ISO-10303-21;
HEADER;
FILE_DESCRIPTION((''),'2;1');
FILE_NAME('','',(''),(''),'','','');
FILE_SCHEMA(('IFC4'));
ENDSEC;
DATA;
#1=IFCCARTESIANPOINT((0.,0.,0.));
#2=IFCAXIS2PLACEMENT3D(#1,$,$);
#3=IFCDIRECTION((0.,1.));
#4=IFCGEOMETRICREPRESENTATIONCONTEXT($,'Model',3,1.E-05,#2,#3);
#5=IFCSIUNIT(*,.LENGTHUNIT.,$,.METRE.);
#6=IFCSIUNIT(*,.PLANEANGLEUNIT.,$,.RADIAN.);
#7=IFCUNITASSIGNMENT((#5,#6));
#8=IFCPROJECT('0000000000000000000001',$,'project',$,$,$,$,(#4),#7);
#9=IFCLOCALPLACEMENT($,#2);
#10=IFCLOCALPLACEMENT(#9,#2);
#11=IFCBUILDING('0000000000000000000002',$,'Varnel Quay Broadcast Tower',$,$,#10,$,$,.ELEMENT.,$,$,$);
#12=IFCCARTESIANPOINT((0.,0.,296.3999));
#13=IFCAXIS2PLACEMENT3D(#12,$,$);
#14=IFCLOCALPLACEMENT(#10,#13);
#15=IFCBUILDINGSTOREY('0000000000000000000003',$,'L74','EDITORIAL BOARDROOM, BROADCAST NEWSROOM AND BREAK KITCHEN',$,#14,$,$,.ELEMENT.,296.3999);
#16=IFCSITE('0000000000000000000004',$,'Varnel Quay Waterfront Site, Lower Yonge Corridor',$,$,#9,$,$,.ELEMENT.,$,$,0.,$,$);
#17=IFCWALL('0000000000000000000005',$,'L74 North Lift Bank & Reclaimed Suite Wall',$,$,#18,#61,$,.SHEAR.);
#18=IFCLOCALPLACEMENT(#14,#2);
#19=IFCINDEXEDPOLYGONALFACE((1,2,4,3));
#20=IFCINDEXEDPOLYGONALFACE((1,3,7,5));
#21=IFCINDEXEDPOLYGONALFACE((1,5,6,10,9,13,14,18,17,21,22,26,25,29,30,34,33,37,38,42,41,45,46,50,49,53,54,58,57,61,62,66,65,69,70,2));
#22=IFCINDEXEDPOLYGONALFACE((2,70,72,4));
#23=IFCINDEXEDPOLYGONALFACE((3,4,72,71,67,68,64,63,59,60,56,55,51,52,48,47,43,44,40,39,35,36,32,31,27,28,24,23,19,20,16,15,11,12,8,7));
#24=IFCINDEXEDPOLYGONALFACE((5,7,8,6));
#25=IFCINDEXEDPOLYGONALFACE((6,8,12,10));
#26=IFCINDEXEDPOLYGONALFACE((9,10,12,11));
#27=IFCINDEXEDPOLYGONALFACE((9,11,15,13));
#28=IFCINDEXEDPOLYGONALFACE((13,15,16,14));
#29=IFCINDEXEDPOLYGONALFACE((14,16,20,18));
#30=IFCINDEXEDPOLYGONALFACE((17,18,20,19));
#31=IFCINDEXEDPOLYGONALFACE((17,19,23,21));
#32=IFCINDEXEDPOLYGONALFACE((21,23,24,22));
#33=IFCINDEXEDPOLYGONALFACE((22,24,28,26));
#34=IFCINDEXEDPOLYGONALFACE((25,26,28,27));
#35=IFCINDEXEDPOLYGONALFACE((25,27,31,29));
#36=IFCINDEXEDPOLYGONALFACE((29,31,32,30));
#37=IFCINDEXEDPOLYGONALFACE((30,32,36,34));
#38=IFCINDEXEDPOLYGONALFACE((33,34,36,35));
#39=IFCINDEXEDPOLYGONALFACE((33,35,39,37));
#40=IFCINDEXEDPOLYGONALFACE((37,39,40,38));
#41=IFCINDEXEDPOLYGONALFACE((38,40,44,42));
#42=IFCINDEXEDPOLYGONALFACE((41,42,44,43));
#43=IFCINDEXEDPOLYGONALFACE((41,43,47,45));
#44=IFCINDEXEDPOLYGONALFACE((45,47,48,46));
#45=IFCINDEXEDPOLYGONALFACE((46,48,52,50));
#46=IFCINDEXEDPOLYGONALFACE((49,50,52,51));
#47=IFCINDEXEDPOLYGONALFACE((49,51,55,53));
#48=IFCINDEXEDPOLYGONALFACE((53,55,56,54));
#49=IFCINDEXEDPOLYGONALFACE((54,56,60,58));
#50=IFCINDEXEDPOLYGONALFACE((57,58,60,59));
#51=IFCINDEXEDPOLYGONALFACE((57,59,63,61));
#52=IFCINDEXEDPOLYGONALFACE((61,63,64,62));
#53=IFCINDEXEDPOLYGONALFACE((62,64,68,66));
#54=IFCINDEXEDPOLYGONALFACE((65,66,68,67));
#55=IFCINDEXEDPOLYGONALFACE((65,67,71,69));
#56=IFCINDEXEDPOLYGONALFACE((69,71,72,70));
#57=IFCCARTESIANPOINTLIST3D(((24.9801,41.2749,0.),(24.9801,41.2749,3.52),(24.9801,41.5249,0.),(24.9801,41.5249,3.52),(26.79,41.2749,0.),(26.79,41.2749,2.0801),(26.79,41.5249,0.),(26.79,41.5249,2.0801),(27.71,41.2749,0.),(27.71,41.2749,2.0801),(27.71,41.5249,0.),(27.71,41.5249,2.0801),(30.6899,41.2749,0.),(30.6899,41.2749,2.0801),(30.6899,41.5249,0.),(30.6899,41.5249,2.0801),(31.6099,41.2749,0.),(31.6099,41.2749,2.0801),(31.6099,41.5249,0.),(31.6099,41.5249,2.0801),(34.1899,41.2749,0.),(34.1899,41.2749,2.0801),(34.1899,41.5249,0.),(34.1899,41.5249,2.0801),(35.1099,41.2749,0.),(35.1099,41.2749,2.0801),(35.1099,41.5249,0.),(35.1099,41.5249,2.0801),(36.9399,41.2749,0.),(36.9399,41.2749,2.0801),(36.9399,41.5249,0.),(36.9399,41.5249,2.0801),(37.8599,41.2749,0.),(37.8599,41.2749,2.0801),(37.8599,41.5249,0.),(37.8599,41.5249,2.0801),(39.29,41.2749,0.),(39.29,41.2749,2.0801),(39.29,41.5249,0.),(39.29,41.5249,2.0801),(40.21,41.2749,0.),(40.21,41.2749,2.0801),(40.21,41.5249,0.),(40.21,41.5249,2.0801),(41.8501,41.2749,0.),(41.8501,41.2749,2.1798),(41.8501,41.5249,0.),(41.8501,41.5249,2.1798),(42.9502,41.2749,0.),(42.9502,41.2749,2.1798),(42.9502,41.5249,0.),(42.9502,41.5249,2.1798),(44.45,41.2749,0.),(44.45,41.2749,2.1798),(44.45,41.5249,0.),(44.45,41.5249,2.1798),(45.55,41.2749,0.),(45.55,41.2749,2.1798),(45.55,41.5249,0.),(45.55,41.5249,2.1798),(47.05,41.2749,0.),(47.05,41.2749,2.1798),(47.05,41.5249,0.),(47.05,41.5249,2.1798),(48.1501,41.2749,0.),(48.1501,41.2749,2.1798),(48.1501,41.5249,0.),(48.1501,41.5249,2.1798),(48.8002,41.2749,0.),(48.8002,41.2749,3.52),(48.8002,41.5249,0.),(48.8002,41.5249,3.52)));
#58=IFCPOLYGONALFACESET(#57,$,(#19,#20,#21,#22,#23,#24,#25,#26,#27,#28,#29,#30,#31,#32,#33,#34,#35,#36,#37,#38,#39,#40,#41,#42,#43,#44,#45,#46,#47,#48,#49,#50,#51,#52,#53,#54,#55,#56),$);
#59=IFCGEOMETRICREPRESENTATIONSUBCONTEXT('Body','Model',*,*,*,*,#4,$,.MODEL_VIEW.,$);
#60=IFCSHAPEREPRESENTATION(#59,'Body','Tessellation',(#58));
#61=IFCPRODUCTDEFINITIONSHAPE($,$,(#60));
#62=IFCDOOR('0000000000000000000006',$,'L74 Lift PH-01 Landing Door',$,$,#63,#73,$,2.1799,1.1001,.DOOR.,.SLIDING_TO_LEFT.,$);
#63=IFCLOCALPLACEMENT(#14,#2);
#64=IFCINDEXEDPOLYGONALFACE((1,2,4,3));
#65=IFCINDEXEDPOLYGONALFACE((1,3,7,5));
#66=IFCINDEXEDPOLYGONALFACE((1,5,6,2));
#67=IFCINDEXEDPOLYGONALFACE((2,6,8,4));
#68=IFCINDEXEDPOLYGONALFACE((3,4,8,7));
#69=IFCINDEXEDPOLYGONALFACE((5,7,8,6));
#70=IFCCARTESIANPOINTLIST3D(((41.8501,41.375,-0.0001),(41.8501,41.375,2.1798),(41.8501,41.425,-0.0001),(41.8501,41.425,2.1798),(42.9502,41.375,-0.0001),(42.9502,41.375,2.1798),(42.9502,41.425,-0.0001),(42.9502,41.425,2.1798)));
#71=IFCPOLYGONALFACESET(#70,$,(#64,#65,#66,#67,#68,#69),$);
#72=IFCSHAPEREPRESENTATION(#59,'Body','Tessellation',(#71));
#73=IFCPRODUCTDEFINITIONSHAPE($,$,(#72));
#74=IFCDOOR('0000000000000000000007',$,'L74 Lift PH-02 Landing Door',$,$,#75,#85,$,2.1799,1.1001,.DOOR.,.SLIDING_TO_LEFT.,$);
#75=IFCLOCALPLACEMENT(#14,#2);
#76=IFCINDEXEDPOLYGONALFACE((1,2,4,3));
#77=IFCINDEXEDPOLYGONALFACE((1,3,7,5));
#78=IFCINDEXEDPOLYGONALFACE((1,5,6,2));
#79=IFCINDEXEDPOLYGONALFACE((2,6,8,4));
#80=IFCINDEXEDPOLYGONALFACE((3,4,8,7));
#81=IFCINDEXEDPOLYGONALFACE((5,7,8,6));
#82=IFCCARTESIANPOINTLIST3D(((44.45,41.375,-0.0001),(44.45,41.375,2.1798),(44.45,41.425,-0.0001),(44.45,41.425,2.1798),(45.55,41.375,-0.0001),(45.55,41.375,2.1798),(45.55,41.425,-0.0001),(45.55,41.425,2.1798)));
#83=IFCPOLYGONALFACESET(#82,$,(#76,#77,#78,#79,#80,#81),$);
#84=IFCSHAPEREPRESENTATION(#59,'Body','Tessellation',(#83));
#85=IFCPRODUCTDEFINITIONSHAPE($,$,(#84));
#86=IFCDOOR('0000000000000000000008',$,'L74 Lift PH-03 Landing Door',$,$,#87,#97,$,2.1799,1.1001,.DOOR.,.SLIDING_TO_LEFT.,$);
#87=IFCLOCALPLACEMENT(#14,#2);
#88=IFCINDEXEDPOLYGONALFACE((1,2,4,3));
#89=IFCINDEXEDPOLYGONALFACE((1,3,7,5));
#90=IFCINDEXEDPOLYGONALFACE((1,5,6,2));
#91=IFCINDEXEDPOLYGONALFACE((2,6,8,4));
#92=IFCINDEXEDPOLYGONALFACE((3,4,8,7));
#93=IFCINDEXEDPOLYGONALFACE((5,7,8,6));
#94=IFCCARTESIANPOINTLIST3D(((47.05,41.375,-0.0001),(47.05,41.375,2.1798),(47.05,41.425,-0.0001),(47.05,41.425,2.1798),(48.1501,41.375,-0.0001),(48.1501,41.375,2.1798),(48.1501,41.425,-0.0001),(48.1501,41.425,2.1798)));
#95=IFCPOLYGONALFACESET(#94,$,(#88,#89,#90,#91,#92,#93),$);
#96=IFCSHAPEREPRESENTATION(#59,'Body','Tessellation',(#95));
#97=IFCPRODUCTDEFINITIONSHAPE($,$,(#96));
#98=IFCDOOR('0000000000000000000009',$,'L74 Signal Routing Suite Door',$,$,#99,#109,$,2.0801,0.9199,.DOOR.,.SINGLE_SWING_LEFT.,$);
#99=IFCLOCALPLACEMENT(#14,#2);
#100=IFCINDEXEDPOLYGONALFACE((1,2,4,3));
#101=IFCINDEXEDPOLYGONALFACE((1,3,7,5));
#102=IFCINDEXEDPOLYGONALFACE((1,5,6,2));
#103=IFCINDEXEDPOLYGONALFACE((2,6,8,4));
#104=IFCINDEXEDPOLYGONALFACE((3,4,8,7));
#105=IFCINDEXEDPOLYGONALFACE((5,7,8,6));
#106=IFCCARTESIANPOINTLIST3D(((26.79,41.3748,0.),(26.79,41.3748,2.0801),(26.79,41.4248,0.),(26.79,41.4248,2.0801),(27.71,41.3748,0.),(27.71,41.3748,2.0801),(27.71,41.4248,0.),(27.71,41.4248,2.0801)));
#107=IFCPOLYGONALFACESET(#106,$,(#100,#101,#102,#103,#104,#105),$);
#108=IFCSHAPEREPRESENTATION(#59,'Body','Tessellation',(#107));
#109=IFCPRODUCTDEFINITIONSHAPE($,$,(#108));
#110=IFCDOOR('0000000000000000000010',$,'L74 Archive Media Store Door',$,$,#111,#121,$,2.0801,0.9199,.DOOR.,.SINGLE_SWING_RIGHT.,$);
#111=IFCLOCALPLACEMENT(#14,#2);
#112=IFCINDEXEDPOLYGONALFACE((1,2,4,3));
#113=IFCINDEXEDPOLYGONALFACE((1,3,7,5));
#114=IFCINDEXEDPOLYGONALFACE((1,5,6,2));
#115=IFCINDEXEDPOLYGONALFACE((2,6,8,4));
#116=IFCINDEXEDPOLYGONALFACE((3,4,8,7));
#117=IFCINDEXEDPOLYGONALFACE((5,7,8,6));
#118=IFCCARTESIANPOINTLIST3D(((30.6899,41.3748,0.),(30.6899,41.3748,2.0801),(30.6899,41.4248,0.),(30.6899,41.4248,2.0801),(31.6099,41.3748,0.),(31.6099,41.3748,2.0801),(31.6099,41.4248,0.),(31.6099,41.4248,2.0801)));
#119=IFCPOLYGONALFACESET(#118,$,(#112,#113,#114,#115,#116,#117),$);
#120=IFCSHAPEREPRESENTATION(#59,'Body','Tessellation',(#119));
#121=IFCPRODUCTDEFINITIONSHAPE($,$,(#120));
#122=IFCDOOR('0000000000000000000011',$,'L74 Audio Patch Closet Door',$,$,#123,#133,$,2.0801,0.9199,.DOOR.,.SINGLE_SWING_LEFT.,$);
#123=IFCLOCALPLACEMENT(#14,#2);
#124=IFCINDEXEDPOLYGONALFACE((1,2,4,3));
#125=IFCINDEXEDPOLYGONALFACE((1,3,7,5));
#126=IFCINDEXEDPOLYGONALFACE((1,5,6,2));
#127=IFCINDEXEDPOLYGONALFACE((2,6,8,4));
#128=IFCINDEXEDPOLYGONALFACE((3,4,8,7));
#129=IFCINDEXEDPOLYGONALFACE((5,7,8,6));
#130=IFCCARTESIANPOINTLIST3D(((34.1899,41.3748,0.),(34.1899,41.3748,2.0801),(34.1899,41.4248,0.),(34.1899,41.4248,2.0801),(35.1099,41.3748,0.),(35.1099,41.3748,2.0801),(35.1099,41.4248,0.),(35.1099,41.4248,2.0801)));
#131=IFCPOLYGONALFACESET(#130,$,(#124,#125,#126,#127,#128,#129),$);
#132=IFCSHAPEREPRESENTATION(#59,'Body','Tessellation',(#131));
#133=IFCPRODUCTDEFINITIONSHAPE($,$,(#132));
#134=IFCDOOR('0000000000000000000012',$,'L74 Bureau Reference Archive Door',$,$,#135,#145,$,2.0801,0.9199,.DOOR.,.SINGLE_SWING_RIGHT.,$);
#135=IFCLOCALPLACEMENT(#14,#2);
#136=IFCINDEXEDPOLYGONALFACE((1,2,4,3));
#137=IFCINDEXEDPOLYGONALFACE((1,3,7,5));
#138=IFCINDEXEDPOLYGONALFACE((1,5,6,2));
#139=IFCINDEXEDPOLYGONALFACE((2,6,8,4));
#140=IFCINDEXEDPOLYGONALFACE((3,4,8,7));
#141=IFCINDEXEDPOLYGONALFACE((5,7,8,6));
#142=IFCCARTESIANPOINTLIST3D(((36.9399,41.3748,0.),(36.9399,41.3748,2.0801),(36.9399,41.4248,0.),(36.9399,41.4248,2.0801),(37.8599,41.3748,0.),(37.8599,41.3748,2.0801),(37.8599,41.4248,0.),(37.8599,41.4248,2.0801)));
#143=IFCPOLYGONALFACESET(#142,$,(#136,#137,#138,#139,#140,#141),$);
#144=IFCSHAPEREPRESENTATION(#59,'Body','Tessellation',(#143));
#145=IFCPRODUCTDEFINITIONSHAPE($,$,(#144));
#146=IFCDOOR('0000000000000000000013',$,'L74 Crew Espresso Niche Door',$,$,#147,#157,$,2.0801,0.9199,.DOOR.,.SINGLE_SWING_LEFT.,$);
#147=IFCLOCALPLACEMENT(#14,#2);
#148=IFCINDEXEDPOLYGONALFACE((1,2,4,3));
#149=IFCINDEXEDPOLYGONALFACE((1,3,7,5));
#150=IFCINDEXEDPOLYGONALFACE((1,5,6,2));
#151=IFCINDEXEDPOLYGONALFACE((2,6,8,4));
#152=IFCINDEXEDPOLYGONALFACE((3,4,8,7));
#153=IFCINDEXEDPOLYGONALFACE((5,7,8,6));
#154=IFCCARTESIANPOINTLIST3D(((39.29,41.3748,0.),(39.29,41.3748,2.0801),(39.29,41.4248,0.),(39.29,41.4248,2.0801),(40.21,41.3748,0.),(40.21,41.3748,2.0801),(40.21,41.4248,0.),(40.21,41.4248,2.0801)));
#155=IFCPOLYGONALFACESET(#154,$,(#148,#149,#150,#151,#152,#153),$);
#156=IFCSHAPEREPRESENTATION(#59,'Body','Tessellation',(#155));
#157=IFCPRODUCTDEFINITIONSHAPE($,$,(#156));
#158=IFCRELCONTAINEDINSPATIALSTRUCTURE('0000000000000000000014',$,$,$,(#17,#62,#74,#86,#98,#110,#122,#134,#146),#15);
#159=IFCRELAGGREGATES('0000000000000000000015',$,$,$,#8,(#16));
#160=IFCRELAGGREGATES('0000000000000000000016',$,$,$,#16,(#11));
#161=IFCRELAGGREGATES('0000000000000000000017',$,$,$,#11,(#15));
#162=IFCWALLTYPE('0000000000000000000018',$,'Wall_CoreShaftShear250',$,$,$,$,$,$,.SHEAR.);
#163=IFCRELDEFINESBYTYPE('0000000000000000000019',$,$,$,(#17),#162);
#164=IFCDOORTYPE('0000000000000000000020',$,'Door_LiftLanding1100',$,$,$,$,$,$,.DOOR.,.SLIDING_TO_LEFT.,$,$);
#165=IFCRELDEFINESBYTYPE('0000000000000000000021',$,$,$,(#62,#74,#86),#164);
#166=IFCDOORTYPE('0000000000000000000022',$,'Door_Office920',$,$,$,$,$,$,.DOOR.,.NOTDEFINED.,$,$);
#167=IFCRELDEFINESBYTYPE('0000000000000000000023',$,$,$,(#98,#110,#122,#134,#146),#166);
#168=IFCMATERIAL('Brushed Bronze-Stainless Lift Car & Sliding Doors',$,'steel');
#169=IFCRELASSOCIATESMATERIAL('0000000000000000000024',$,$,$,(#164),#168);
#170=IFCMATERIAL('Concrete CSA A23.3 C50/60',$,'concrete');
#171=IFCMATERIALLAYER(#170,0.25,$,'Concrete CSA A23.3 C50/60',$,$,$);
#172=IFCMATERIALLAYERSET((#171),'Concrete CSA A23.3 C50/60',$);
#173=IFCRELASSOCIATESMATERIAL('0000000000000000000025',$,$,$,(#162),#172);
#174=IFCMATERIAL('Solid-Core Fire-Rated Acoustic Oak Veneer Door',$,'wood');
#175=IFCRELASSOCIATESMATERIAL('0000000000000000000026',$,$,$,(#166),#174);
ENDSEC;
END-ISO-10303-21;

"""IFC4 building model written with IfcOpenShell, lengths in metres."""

from ifc_helpers import new_model, si_unit, direction, frame, frame_2d, origin, place, context, subcontext, project, spatial, rectangle, extrude, source, transform, mapped, material, layer, layer_set, type_object, type_shapes, element, fill, save


model = new_model("IFC4")

# Units and contexts
model_context = context("Model", 3, precision=1e-05, world=origin(), true_north=direction((0.0, 1.0)))
body_context = subcontext(model_context, "Body", "Model", "MODEL_VIEW")
ifc_project = project(units=[si_unit("LENGTHUNIT", "METRE"), si_unit("PLANEANGLEUNIT", "RADIAN")], contexts=[model_context])

# Site, building, storey
site_placement = place(None, origin())
site = spatial("IfcSite", under=ifc_project, at=site_placement, Name="Varnel Quay Waterfront Site, Lower Yonge Corridor", CompositionType="ELEMENT", RefElevation=0.0)
building_placement = place(site_placement, origin())
building = spatial("IfcBuilding", under=site, at=building_placement, Name="Varnel Quay Broadcast Tower", CompositionType="ELEMENT")
storey_placement = place(building_placement, frame((0.0, 0.0, 296.3999)))
storey = spatial("IfcBuildingStorey", under=building, at=storey_placement, Name="L74", Description="EDITORIAL BOARDROOM, BROADCAST NEWSROOM AND BREAK KITCHEN", CompositionType="ELEMENT", Elevation=296.3999)

# Shared definitions
ifc_material_1 = material(Name="Concrete CSA A23.3 C50/60", Category="concrete")
ifc_material_2 = material(Name="Brushed Bronze-Stainless Lift Car & Sliding Doors", Category="steel")
door_type_1 = type_object("IfcDoorType", Name="Door_LiftLanding1100", OperationType="SLIDING_TO_LEFT", PredefinedType="DOOR", material=ifc_material_2)
shared_shape_1 = source(origin(), body_context, "Body", "SweptSolid", [
    extrude(rectangle(XDim=1.1001, YDim=2.1799, at=frame_2d((0.55, 1.0898))), frame((0.0, 0.0249, 0.0), z_axis=(0.0, -1.0, 0.0), x_axis=(1.0, 0.0, 0.0)), (0.0, 0.0, 1.0), 0.05),
])
type_shapes(door_type_1, [shared_shape_1])

# Wall, openings, doors
ifc_layer_1 = layer(ifc_material_1, 0.25, Name="Concrete CSA A23.3 C50/60")
ifc_layer_set_1 = layer_set([ifc_layer_1], Name="Concrete CSA A23.3 C50/60")
wall_type_1 = type_object("IfcWallType", Name="Wall_CoreShaftShear250", PredefinedType="SHEAR", material=ifc_layer_set_1)
wall_1_placement = place(storey_placement, frame((24.98, 41.3999, 0.0), z_axis=(0.0, 0.0, 1.0), x_axis=(1.0, 0.0, 0.0)))
wall_1 = element("IfcWall", 1, at=wall_1_placement, inside=storey, type_object=wall_type_1, Name="L74 North Lift Bank & Reclaimed Suite Wall", PredefinedType="SHEAR", context=body_context, shape_type="SweptSolid", body=[
    extrude(rectangle(XDim=23.8201, YDim=0.25, at=frame_2d((11.9102, 0.0))), origin(), (0.0, 0.0, 1.0), 3.52),
])
opening_1_placement = place(wall_1_placement, frame((16.8701, 0.0, 0.0)))
opening_1 = element("IfcOpeningElement", 2, at=opening_1_placement, cuts=wall_1, PredefinedType="OPENING", context=body_context, shape_type="SweptSolid", body=[
    extrude(rectangle(XDim=1.1001, YDim=2.1799, at=frame_2d((0.55, 1.0898))), frame((0.0, 0.135, 0.0), z_axis=(0.0, -1.0, 0.0), x_axis=(1.0, 0.0, 0.0)), (0.0, 0.0, 1.0), 0.27),
])
opening_2_placement = place(wall_1_placement, frame((19.47, 0.0, 0.0)))
opening_2 = element("IfcOpeningElement", 3, at=opening_2_placement, cuts=wall_1, PredefinedType="OPENING", context=body_context, shape_type="SweptSolid", body=[
    extrude(rectangle(XDim=1.1001, YDim=2.1799, at=frame_2d((0.55, 1.0898))), frame((0.0, 0.135, 0.0), z_axis=(0.0, -1.0, 0.0), x_axis=(1.0, 0.0, 0.0)), (0.0, 0.0, 1.0), 0.27),
])
opening_3_placement = place(wall_1_placement, frame((22.0701, 0.0, 0.0)))
opening_3 = element("IfcOpeningElement", 4, at=opening_3_placement, cuts=wall_1, PredefinedType="OPENING", context=body_context, shape_type="SweptSolid", body=[
    extrude(rectangle(XDim=1.1001, YDim=2.1799, at=frame_2d((0.55, 1.0898))), frame((0.0, 0.135, 0.0), z_axis=(0.0, -1.0, 0.0), x_axis=(1.0, 0.0, 0.0)), (0.0, 0.0, 1.0), 0.27),
])
opening_4_placement = place(wall_1_placement, frame((1.8101, 0.0, 0.0)))
opening_4 = element("IfcOpeningElement", 5, at=opening_4_placement, cuts=wall_1, PredefinedType="OPENING", context=body_context, shape_type="SweptSolid", body=[
    extrude(rectangle(XDim=0.9199, YDim=2.0801, at=frame_2d((0.46, 1.04))), frame((0.0, 0.135, 0.0), z_axis=(0.0, -1.0, 0.0), x_axis=(1.0, 0.0, 0.0)), (0.0, 0.0, 1.0), 0.27),
])
opening_5_placement = place(wall_1_placement, frame((5.71, 0.0, 0.0)))
opening_5 = element("IfcOpeningElement", 6, at=opening_5_placement, cuts=wall_1, PredefinedType="OPENING", context=body_context, shape_type="SweptSolid", body=[
    extrude(rectangle(XDim=0.9199, YDim=2.0801, at=frame_2d((0.46, 1.04))), frame((0.0, 0.135, 0.0), z_axis=(0.0, -1.0, 0.0), x_axis=(1.0, 0.0, 0.0)), (0.0, 0.0, 1.0), 0.27),
])
opening_6_placement = place(wall_1_placement, frame((9.21, 0.0, 0.0)))
opening_6 = element("IfcOpeningElement", 7, at=opening_6_placement, cuts=wall_1, PredefinedType="OPENING", context=body_context, shape_type="SweptSolid", body=[
    extrude(rectangle(XDim=0.9199, YDim=2.0801, at=frame_2d((0.46, 1.04))), frame((0.0, 0.135, 0.0), z_axis=(0.0, -1.0, 0.0), x_axis=(1.0, 0.0, 0.0)), (0.0, 0.0, 1.0), 0.27),
])
opening_7_placement = place(wall_1_placement, frame((11.96, 0.0, 0.0)))
opening_7 = element("IfcOpeningElement", 8, at=opening_7_placement, cuts=wall_1, PredefinedType="OPENING", context=body_context, shape_type="SweptSolid", body=[
    extrude(rectangle(XDim=0.9199, YDim=2.0801, at=frame_2d((0.46, 1.04))), frame((0.0, 0.135, 0.0), z_axis=(0.0, -1.0, 0.0), x_axis=(1.0, 0.0, 0.0)), (0.0, 0.0, 1.0), 0.27),
])
opening_8_placement = place(wall_1_placement, frame((14.3101, 0.0, 0.0)))
opening_8 = element("IfcOpeningElement", 9, at=opening_8_placement, cuts=wall_1, PredefinedType="OPENING", context=body_context, shape_type="SweptSolid", body=[
    extrude(rectangle(XDim=0.9199, YDim=2.0801, at=frame_2d((0.46, 1.04))), frame((0.0, 0.135, 0.0), z_axis=(0.0, -1.0, 0.0), x_axis=(1.0, 0.0, 0.0)), (0.0, 0.0, 1.0), 0.27),
])
door_1_placement = place(opening_1_placement, frame((1.1001, 0.0, 0.0), z_axis=(0.0, 0.0, 1.0), x_axis=(-1.0, 0.0, 0.0)))
door_1 = element("IfcDoor", 10, at=door_1_placement, inside=storey, type_object=door_type_1, Name="L74 Lift PH-01 Landing Door", OperationType="SLIDING_TO_LEFT", OverallHeight=2.1799, OverallWidth=1.1001, PredefinedType="DOOR", context=body_context, shape_type="MappedRepresentation", body=[
    mapped(shared_shape_1, transform((0.0, 0.0, 0.0), x_axis=(1.0, 0.0, 0.0), y_axis=(0.0, 1.0, 0.0), z_axis=(0.0, 0.0, 1.0), scale=1.0)),
])
fill(opening_1, door_1)
door_2_placement = place(opening_2_placement, frame((1.1001, 0.0, 0.0), z_axis=(0.0, 0.0, 1.0), x_axis=(-1.0, 0.0, 0.0)))
door_2 = element("IfcDoor", 11, at=door_2_placement, inside=storey, type_object=door_type_1, Name="L74 Lift PH-02 Landing Door", OperationType="SLIDING_TO_LEFT", OverallHeight=2.1799, OverallWidth=1.1001, PredefinedType="DOOR", context=body_context, shape_type="MappedRepresentation", body=[
    mapped(shared_shape_1, transform((0.0, 0.0, 0.0), x_axis=(1.0, 0.0, 0.0), y_axis=(0.0, 1.0, 0.0), z_axis=(0.0, 0.0, 1.0), scale=1.0)),
])
fill(opening_2, door_2)
door_3_placement = place(opening_3_placement, frame((1.1001, 0.0, 0.0), z_axis=(0.0, 0.0, 1.0), x_axis=(-1.0, 0.0, 0.0)))
door_3 = element("IfcDoor", 12, at=door_3_placement, inside=storey, type_object=door_type_1, Name="L74 Lift PH-03 Landing Door", OperationType="SLIDING_TO_LEFT", OverallHeight=2.1799, OverallWidth=1.1001, PredefinedType="DOOR", context=body_context, shape_type="MappedRepresentation", body=[
    mapped(shared_shape_1, transform((0.0, 0.0, 0.0), x_axis=(1.0, 0.0, 0.0), y_axis=(0.0, 1.0, 0.0), z_axis=(0.0, 0.0, 1.0), scale=1.0)),
])
fill(opening_3, door_3)
ifc_material_3 = material(Name="Solid-Core Fire-Rated Acoustic Oak Veneer Door", Category="wood")
door_type_2 = type_object("IfcDoorType", Name="Door_Office920", OperationType="NOTDEFINED", PredefinedType="DOOR", material=ifc_material_3)
shared_shape_2 = source(origin(), body_context, "Body", "SweptSolid", [
    extrude(rectangle(XDim=0.9199, YDim=2.0801, at=frame_2d((0.46, 1.04))), frame((0.0, 0.0249, 0.0), z_axis=(0.0, -1.0, 0.0), x_axis=(1.0, 0.0, 0.0)), (0.0, 0.0, 1.0), 0.05),
])
type_shapes(door_type_2, [shared_shape_2])
door_4_placement = place(opening_4_placement, origin())
door_4 = element("IfcDoor", 13, at=door_4_placement, inside=storey, type_object=door_type_2, Name="L74 Signal Routing Suite Door", OperationType="SINGLE_SWING_LEFT", OverallHeight=2.0801, OverallWidth=0.9199, PredefinedType="DOOR", context=body_context, shape_type="MappedRepresentation", body=[
    mapped(shared_shape_2, transform((0.0, 0.0, 0.0), x_axis=(1.0, 0.0, 0.0), y_axis=(0.0, 1.0, 0.0), z_axis=(0.0, 0.0, 1.0), scale=1.0)),
])
fill(opening_4, door_4)
door_5_placement = place(opening_5_placement, origin())
door_5 = element("IfcDoor", 14, at=door_5_placement, inside=storey, type_object=door_type_2, Name="L74 Archive Media Store Door", OperationType="SINGLE_SWING_RIGHT", OverallHeight=2.0801, OverallWidth=0.9199, PredefinedType="DOOR", context=body_context, shape_type="MappedRepresentation", body=[
    mapped(shared_shape_2, transform((0.0, 0.0, 0.0), x_axis=(1.0, 0.0, 0.0), y_axis=(0.0, 1.0, 0.0), z_axis=(0.0, 0.0, 1.0), scale=1.0)),
])
fill(opening_5, door_5)
door_6_placement = place(opening_6_placement, origin())
door_6 = element("IfcDoor", 15, at=door_6_placement, inside=storey, type_object=door_type_2, Name="L74 Audio Patch Closet Door", OperationType="SINGLE_SWING_LEFT", OverallHeight=2.0801, OverallWidth=0.9199, PredefinedType="DOOR", context=body_context, shape_type="MappedRepresentation", body=[
    mapped(shared_shape_2, transform((0.0, 0.0, 0.0), x_axis=(1.0, 0.0, 0.0), y_axis=(0.0, 1.0, 0.0), z_axis=(0.0, 0.0, 1.0), scale=1.0)),
])
fill(opening_6, door_6)
door_7_placement = place(opening_7_placement, origin())
door_7 = element("IfcDoor", 16, at=door_7_placement, inside=storey, type_object=door_type_2, Name="L74 Bureau Reference Archive Door", OperationType="SINGLE_SWING_RIGHT", OverallHeight=2.0801, OverallWidth=0.9199, PredefinedType="DOOR", context=body_context, shape_type="MappedRepresentation", body=[
    mapped(shared_shape_2, transform((0.0, 0.0, 0.0), x_axis=(1.0, 0.0, 0.0), y_axis=(0.0, 1.0, 0.0), z_axis=(0.0, 0.0, 1.0), scale=1.0)),
])
fill(opening_7, door_7)
door_8_placement = place(opening_8_placement, origin())
door_8 = element("IfcDoor", 17, at=door_8_placement, inside=storey, type_object=door_type_2, Name="L74 Crew Espresso Niche Door", OperationType="SINGLE_SWING_LEFT", OverallHeight=2.0801, OverallWidth=0.9199, PredefinedType="DOOR", context=body_context, shape_type="MappedRepresentation", body=[
    mapped(shared_shape_2, transform((0.0, 0.0, 0.0), x_axis=(1.0, 0.0, 0.0), y_axis=(0.0, 1.0, 0.0), z_axis=(0.0, 0.0, 1.0), scale=1.0)),
])
fill(opening_8, door_8)

save(model, "model.ifc")
